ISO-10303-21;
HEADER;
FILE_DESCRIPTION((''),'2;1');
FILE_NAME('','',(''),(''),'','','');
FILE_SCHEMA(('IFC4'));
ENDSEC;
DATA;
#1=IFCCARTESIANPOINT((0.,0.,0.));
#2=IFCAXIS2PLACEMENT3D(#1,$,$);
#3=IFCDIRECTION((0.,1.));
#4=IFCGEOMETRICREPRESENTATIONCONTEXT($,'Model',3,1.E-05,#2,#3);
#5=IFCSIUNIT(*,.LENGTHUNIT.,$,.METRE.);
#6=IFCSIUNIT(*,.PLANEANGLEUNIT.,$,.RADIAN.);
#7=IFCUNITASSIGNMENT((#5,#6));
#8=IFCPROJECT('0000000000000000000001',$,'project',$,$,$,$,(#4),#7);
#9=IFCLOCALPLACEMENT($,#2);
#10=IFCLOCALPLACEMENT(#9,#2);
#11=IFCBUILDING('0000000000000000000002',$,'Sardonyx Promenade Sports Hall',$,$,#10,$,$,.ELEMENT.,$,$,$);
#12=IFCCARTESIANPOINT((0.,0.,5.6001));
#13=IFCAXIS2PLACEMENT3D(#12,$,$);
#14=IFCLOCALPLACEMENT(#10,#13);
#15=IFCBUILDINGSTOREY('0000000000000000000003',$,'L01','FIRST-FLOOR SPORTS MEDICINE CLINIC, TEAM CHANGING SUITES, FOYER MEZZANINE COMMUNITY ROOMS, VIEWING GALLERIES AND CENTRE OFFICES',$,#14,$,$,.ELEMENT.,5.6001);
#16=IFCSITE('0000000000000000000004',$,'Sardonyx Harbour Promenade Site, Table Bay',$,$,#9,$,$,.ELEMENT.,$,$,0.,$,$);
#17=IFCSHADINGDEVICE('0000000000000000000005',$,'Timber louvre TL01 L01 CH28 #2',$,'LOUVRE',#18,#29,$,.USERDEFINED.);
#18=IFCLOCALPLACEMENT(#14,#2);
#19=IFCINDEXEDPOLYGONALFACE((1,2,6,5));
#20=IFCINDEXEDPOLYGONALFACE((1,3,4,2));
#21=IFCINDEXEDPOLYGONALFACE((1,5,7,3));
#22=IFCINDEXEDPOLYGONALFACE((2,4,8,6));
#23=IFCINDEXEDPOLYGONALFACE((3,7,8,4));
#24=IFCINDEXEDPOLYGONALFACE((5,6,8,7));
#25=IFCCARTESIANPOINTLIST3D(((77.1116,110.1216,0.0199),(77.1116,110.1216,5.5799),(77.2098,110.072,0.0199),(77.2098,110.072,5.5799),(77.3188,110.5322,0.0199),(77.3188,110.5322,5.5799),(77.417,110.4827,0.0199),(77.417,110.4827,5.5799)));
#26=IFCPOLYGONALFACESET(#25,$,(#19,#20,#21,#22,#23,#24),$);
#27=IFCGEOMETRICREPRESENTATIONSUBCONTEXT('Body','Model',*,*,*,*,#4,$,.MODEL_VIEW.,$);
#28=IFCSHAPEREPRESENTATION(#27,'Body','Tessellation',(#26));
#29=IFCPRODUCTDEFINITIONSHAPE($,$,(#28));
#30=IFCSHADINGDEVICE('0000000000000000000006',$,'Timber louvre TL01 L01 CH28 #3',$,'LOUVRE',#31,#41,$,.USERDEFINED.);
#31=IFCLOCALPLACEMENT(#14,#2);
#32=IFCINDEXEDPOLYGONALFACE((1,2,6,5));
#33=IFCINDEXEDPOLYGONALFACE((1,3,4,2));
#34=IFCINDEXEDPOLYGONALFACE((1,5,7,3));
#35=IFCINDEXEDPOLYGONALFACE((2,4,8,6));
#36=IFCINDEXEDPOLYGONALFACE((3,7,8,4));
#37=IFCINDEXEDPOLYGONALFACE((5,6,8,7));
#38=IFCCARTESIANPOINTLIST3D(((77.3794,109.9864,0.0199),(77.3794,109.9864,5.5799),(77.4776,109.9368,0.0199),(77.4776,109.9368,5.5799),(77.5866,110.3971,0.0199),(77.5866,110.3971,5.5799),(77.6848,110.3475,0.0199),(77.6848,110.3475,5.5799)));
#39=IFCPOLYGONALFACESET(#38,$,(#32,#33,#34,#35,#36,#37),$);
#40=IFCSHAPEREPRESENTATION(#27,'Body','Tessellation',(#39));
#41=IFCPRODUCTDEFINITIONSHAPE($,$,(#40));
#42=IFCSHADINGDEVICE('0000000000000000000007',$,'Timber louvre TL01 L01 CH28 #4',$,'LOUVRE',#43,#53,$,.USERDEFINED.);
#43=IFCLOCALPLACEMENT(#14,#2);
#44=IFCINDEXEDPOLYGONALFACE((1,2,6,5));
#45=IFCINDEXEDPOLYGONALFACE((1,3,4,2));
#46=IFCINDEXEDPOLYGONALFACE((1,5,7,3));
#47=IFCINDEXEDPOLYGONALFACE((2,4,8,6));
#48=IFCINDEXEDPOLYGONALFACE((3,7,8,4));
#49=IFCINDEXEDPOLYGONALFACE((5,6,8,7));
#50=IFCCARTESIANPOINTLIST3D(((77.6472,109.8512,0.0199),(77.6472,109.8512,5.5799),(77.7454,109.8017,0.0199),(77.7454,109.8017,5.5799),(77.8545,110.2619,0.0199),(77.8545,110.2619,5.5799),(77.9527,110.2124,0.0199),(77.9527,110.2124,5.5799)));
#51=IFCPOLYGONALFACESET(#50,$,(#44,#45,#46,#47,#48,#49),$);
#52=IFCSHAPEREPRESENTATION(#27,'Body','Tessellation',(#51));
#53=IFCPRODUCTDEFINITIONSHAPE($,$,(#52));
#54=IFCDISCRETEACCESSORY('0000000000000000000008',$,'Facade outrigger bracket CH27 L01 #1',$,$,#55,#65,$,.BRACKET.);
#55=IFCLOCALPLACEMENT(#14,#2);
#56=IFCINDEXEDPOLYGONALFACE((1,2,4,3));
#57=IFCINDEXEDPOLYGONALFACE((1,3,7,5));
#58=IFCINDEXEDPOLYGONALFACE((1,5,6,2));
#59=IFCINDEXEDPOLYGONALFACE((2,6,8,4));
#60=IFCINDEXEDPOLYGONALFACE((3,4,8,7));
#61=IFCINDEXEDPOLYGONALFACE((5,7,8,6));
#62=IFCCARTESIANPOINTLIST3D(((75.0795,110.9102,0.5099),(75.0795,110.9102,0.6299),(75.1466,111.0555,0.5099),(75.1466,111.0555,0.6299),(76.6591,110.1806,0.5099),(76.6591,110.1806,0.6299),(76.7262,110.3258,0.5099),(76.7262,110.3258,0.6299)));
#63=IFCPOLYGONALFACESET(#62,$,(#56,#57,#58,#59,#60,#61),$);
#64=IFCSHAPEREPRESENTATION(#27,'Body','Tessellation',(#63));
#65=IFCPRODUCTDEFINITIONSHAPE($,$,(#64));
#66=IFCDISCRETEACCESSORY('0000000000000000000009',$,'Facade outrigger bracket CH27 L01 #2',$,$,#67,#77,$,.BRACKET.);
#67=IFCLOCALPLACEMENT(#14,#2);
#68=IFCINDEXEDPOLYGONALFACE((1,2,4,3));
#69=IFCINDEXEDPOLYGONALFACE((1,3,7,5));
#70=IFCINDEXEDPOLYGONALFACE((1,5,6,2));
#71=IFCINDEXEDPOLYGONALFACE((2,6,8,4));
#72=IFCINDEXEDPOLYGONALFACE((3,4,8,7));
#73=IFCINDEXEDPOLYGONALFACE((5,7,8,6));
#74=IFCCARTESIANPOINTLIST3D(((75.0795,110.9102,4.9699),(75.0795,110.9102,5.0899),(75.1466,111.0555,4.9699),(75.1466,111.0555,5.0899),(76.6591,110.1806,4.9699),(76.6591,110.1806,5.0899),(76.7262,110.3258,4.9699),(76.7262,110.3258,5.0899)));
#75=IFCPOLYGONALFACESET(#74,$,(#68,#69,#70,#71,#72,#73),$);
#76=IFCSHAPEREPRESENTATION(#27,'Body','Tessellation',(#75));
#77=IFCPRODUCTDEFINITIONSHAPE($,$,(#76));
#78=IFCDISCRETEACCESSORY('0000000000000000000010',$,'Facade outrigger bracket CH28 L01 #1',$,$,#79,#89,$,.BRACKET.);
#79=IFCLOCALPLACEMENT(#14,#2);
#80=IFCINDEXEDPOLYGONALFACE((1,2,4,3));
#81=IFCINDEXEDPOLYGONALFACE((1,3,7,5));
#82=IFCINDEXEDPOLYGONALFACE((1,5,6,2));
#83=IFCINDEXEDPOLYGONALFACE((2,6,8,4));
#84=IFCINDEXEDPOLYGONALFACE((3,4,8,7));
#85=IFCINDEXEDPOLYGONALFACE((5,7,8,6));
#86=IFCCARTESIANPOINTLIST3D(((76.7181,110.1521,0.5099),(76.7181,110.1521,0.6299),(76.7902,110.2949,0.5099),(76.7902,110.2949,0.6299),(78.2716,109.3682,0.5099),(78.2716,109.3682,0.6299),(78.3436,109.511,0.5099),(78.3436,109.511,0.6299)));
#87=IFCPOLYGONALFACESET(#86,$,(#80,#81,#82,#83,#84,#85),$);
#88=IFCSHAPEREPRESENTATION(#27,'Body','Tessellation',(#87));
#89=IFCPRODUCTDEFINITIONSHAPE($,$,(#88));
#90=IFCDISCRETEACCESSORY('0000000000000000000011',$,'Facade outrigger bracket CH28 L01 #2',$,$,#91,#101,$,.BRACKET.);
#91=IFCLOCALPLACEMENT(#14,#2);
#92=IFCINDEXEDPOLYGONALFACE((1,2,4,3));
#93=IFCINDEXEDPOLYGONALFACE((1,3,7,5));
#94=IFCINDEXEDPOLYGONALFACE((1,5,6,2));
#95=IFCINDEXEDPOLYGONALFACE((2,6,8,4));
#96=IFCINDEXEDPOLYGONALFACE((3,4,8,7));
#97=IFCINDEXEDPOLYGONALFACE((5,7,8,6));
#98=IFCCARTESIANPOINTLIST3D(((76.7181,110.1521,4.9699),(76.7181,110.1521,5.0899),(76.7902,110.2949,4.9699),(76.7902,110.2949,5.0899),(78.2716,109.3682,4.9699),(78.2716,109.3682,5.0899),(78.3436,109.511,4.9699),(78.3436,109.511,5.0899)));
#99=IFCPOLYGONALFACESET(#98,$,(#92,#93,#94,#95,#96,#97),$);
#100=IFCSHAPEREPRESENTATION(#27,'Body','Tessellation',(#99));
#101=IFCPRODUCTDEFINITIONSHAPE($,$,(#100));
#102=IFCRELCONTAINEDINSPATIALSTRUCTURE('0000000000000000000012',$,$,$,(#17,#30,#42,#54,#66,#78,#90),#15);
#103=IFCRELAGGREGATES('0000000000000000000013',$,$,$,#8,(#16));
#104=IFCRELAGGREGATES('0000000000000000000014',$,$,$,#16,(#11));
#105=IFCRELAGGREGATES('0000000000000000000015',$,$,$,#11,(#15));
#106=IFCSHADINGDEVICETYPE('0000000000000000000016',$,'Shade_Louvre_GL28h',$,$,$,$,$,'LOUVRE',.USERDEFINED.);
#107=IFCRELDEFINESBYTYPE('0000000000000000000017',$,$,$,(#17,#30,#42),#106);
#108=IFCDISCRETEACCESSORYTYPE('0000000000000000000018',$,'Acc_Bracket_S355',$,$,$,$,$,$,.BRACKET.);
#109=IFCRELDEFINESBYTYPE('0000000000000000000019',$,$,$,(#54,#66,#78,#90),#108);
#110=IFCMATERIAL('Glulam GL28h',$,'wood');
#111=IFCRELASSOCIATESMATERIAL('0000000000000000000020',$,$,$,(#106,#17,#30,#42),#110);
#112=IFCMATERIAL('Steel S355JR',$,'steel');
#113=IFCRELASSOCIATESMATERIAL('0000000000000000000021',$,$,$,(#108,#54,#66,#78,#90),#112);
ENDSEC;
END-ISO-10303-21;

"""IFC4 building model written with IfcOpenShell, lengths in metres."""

from ifc_helpers import new_model, si_unit, direction, frame, origin, place, context, subcontext, project, spatial, rectangle, extrude, material, type_object, element, save


model = new_model("IFC4")

# Units and contexts
model_context = context("Model", 3, precision=1e-05, world=origin(), true_north=direction((0.0, 1.0)))
body_context = subcontext(model_context, "Body", "Model", "MODEL_VIEW")
ifc_project = project(units=[si_unit("LENGTHUNIT", "METRE"), si_unit("PLANEANGLEUNIT", "RADIAN")], contexts=[model_context])

# Site, building, storey
site_placement = place(None, origin())
site = spatial("IfcSite", under=ifc_project, at=site_placement, Name="Sardonyx Harbour Promenade Site, Table Bay", CompositionType="ELEMENT", RefElevation=0.0)
building_placement = place(site_placement, origin())
building = spatial("IfcBuilding", under=site, at=building_placement, Name="Sardonyx Promenade Sports Hall", CompositionType="ELEMENT")
storey_placement = place(building_placement, frame((0.0, 0.0, 5.6001)))
storey = spatial("IfcBuildingStorey", under=building, at=storey_placement, Name="L01", Description="FIRST-FLOOR SPORTS MEDICINE CLINIC, TEAM CHANGING SUITES, FOYER MEZZANINE COMMUNITY ROOMS, VIEWING GALLERIES AND CENTRE OFFICES", CompositionType="ELEMENT", Elevation=5.6001)

# Shading devices
ifc_material_1 = material(Name="Glulam GL28h", Category="wood")
shading_device_type = type_object("IfcShadingDeviceType", Name="Shade_Louvre_GL28h", ElementType="LOUVRE", PredefinedType="USERDEFINED", material=ifc_material_1)
for number, where, z_axis, x_axis, name in (
    (1, (77.2643, 110.3021, 0.0199), (0.0, 0.0, 1.0), (0.892774, -0.450505, 0.0), "Timber louvre TL01 L01 CH28 #2"),
    (2, (77.5321, 110.167, 0.0199), (0.0, 0.0, 1.0), (0.892774, -0.450505, 0.0), "Timber louvre TL01 L01 CH28 #3"),
    (3, (77.7999, 110.0318, 0.0199), (0.0, 0.0, 1.0), (0.892774, -0.450505, 0.0), "Timber louvre TL01 L01 CH28 #4"),
):
    element("IfcShadingDevice", number, at=place(storey_placement, frame(where, z_axis=z_axis, x_axis=x_axis)), inside=storey, type_object=shading_device_type, material=ifc_material_1, Name=name, ObjectType="LOUVRE", PredefinedType="USERDEFINED", context=body_context, shape_type="SweptSolid", body=[
        extrude(rectangle(XDim=0.11, YDim=0.46), origin(), (0.0, 0.0, 1.0), 5.56),
    ])

# Discrete accessories
ifc_material_2 = material(Name="Steel S355JR", Category="steel")
discrete_accessory_type = type_object("IfcDiscreteAccessoryType", Name="Acc_Bracket_S355", PredefinedType="BRACKET", material=ifc_material_2)
for number, where, z_axis, x_axis, name in (
    (4, (75.9029, 110.618, 0.5099), (0.0, 0.0, 1.0), (0.907831, -0.419336, 0.0), "Facade outrigger bracket CH27 L01 #1"),
    (5, (75.9029, 110.618, 4.9699), (0.0, 0.0, 1.0), (0.907831, -0.419336, 0.0), "Facade outrigger bracket CH27 L01 #2"),
    (6, (77.5309, 109.8316, 0.5099), (0.0, 0.0, 1.0), (0.892774, -0.450505, 0.0), "Facade outrigger bracket CH28 L01 #1"),
    (7, (77.5309, 109.8316, 4.9699), (0.0, 0.0, 1.0), (0.892774, -0.450505, 0.0), "Facade outrigger bracket CH28 L01 #2"),
):
    element("IfcDiscreteAccessory", number, at=place(storey_placement, frame(where, z_axis=z_axis, x_axis=x_axis)), inside=storey, type_object=discrete_accessory_type, material=ifc_material_2, Name=name, PredefinedType="BRACKET", context=body_context, shape_type="SweptSolid", body=[
        extrude(rectangle(XDim=1.74, YDim=0.16), origin(), (0.0, 0.0, 1.0), 0.12),
    ])

save(model, "model.ifc")
